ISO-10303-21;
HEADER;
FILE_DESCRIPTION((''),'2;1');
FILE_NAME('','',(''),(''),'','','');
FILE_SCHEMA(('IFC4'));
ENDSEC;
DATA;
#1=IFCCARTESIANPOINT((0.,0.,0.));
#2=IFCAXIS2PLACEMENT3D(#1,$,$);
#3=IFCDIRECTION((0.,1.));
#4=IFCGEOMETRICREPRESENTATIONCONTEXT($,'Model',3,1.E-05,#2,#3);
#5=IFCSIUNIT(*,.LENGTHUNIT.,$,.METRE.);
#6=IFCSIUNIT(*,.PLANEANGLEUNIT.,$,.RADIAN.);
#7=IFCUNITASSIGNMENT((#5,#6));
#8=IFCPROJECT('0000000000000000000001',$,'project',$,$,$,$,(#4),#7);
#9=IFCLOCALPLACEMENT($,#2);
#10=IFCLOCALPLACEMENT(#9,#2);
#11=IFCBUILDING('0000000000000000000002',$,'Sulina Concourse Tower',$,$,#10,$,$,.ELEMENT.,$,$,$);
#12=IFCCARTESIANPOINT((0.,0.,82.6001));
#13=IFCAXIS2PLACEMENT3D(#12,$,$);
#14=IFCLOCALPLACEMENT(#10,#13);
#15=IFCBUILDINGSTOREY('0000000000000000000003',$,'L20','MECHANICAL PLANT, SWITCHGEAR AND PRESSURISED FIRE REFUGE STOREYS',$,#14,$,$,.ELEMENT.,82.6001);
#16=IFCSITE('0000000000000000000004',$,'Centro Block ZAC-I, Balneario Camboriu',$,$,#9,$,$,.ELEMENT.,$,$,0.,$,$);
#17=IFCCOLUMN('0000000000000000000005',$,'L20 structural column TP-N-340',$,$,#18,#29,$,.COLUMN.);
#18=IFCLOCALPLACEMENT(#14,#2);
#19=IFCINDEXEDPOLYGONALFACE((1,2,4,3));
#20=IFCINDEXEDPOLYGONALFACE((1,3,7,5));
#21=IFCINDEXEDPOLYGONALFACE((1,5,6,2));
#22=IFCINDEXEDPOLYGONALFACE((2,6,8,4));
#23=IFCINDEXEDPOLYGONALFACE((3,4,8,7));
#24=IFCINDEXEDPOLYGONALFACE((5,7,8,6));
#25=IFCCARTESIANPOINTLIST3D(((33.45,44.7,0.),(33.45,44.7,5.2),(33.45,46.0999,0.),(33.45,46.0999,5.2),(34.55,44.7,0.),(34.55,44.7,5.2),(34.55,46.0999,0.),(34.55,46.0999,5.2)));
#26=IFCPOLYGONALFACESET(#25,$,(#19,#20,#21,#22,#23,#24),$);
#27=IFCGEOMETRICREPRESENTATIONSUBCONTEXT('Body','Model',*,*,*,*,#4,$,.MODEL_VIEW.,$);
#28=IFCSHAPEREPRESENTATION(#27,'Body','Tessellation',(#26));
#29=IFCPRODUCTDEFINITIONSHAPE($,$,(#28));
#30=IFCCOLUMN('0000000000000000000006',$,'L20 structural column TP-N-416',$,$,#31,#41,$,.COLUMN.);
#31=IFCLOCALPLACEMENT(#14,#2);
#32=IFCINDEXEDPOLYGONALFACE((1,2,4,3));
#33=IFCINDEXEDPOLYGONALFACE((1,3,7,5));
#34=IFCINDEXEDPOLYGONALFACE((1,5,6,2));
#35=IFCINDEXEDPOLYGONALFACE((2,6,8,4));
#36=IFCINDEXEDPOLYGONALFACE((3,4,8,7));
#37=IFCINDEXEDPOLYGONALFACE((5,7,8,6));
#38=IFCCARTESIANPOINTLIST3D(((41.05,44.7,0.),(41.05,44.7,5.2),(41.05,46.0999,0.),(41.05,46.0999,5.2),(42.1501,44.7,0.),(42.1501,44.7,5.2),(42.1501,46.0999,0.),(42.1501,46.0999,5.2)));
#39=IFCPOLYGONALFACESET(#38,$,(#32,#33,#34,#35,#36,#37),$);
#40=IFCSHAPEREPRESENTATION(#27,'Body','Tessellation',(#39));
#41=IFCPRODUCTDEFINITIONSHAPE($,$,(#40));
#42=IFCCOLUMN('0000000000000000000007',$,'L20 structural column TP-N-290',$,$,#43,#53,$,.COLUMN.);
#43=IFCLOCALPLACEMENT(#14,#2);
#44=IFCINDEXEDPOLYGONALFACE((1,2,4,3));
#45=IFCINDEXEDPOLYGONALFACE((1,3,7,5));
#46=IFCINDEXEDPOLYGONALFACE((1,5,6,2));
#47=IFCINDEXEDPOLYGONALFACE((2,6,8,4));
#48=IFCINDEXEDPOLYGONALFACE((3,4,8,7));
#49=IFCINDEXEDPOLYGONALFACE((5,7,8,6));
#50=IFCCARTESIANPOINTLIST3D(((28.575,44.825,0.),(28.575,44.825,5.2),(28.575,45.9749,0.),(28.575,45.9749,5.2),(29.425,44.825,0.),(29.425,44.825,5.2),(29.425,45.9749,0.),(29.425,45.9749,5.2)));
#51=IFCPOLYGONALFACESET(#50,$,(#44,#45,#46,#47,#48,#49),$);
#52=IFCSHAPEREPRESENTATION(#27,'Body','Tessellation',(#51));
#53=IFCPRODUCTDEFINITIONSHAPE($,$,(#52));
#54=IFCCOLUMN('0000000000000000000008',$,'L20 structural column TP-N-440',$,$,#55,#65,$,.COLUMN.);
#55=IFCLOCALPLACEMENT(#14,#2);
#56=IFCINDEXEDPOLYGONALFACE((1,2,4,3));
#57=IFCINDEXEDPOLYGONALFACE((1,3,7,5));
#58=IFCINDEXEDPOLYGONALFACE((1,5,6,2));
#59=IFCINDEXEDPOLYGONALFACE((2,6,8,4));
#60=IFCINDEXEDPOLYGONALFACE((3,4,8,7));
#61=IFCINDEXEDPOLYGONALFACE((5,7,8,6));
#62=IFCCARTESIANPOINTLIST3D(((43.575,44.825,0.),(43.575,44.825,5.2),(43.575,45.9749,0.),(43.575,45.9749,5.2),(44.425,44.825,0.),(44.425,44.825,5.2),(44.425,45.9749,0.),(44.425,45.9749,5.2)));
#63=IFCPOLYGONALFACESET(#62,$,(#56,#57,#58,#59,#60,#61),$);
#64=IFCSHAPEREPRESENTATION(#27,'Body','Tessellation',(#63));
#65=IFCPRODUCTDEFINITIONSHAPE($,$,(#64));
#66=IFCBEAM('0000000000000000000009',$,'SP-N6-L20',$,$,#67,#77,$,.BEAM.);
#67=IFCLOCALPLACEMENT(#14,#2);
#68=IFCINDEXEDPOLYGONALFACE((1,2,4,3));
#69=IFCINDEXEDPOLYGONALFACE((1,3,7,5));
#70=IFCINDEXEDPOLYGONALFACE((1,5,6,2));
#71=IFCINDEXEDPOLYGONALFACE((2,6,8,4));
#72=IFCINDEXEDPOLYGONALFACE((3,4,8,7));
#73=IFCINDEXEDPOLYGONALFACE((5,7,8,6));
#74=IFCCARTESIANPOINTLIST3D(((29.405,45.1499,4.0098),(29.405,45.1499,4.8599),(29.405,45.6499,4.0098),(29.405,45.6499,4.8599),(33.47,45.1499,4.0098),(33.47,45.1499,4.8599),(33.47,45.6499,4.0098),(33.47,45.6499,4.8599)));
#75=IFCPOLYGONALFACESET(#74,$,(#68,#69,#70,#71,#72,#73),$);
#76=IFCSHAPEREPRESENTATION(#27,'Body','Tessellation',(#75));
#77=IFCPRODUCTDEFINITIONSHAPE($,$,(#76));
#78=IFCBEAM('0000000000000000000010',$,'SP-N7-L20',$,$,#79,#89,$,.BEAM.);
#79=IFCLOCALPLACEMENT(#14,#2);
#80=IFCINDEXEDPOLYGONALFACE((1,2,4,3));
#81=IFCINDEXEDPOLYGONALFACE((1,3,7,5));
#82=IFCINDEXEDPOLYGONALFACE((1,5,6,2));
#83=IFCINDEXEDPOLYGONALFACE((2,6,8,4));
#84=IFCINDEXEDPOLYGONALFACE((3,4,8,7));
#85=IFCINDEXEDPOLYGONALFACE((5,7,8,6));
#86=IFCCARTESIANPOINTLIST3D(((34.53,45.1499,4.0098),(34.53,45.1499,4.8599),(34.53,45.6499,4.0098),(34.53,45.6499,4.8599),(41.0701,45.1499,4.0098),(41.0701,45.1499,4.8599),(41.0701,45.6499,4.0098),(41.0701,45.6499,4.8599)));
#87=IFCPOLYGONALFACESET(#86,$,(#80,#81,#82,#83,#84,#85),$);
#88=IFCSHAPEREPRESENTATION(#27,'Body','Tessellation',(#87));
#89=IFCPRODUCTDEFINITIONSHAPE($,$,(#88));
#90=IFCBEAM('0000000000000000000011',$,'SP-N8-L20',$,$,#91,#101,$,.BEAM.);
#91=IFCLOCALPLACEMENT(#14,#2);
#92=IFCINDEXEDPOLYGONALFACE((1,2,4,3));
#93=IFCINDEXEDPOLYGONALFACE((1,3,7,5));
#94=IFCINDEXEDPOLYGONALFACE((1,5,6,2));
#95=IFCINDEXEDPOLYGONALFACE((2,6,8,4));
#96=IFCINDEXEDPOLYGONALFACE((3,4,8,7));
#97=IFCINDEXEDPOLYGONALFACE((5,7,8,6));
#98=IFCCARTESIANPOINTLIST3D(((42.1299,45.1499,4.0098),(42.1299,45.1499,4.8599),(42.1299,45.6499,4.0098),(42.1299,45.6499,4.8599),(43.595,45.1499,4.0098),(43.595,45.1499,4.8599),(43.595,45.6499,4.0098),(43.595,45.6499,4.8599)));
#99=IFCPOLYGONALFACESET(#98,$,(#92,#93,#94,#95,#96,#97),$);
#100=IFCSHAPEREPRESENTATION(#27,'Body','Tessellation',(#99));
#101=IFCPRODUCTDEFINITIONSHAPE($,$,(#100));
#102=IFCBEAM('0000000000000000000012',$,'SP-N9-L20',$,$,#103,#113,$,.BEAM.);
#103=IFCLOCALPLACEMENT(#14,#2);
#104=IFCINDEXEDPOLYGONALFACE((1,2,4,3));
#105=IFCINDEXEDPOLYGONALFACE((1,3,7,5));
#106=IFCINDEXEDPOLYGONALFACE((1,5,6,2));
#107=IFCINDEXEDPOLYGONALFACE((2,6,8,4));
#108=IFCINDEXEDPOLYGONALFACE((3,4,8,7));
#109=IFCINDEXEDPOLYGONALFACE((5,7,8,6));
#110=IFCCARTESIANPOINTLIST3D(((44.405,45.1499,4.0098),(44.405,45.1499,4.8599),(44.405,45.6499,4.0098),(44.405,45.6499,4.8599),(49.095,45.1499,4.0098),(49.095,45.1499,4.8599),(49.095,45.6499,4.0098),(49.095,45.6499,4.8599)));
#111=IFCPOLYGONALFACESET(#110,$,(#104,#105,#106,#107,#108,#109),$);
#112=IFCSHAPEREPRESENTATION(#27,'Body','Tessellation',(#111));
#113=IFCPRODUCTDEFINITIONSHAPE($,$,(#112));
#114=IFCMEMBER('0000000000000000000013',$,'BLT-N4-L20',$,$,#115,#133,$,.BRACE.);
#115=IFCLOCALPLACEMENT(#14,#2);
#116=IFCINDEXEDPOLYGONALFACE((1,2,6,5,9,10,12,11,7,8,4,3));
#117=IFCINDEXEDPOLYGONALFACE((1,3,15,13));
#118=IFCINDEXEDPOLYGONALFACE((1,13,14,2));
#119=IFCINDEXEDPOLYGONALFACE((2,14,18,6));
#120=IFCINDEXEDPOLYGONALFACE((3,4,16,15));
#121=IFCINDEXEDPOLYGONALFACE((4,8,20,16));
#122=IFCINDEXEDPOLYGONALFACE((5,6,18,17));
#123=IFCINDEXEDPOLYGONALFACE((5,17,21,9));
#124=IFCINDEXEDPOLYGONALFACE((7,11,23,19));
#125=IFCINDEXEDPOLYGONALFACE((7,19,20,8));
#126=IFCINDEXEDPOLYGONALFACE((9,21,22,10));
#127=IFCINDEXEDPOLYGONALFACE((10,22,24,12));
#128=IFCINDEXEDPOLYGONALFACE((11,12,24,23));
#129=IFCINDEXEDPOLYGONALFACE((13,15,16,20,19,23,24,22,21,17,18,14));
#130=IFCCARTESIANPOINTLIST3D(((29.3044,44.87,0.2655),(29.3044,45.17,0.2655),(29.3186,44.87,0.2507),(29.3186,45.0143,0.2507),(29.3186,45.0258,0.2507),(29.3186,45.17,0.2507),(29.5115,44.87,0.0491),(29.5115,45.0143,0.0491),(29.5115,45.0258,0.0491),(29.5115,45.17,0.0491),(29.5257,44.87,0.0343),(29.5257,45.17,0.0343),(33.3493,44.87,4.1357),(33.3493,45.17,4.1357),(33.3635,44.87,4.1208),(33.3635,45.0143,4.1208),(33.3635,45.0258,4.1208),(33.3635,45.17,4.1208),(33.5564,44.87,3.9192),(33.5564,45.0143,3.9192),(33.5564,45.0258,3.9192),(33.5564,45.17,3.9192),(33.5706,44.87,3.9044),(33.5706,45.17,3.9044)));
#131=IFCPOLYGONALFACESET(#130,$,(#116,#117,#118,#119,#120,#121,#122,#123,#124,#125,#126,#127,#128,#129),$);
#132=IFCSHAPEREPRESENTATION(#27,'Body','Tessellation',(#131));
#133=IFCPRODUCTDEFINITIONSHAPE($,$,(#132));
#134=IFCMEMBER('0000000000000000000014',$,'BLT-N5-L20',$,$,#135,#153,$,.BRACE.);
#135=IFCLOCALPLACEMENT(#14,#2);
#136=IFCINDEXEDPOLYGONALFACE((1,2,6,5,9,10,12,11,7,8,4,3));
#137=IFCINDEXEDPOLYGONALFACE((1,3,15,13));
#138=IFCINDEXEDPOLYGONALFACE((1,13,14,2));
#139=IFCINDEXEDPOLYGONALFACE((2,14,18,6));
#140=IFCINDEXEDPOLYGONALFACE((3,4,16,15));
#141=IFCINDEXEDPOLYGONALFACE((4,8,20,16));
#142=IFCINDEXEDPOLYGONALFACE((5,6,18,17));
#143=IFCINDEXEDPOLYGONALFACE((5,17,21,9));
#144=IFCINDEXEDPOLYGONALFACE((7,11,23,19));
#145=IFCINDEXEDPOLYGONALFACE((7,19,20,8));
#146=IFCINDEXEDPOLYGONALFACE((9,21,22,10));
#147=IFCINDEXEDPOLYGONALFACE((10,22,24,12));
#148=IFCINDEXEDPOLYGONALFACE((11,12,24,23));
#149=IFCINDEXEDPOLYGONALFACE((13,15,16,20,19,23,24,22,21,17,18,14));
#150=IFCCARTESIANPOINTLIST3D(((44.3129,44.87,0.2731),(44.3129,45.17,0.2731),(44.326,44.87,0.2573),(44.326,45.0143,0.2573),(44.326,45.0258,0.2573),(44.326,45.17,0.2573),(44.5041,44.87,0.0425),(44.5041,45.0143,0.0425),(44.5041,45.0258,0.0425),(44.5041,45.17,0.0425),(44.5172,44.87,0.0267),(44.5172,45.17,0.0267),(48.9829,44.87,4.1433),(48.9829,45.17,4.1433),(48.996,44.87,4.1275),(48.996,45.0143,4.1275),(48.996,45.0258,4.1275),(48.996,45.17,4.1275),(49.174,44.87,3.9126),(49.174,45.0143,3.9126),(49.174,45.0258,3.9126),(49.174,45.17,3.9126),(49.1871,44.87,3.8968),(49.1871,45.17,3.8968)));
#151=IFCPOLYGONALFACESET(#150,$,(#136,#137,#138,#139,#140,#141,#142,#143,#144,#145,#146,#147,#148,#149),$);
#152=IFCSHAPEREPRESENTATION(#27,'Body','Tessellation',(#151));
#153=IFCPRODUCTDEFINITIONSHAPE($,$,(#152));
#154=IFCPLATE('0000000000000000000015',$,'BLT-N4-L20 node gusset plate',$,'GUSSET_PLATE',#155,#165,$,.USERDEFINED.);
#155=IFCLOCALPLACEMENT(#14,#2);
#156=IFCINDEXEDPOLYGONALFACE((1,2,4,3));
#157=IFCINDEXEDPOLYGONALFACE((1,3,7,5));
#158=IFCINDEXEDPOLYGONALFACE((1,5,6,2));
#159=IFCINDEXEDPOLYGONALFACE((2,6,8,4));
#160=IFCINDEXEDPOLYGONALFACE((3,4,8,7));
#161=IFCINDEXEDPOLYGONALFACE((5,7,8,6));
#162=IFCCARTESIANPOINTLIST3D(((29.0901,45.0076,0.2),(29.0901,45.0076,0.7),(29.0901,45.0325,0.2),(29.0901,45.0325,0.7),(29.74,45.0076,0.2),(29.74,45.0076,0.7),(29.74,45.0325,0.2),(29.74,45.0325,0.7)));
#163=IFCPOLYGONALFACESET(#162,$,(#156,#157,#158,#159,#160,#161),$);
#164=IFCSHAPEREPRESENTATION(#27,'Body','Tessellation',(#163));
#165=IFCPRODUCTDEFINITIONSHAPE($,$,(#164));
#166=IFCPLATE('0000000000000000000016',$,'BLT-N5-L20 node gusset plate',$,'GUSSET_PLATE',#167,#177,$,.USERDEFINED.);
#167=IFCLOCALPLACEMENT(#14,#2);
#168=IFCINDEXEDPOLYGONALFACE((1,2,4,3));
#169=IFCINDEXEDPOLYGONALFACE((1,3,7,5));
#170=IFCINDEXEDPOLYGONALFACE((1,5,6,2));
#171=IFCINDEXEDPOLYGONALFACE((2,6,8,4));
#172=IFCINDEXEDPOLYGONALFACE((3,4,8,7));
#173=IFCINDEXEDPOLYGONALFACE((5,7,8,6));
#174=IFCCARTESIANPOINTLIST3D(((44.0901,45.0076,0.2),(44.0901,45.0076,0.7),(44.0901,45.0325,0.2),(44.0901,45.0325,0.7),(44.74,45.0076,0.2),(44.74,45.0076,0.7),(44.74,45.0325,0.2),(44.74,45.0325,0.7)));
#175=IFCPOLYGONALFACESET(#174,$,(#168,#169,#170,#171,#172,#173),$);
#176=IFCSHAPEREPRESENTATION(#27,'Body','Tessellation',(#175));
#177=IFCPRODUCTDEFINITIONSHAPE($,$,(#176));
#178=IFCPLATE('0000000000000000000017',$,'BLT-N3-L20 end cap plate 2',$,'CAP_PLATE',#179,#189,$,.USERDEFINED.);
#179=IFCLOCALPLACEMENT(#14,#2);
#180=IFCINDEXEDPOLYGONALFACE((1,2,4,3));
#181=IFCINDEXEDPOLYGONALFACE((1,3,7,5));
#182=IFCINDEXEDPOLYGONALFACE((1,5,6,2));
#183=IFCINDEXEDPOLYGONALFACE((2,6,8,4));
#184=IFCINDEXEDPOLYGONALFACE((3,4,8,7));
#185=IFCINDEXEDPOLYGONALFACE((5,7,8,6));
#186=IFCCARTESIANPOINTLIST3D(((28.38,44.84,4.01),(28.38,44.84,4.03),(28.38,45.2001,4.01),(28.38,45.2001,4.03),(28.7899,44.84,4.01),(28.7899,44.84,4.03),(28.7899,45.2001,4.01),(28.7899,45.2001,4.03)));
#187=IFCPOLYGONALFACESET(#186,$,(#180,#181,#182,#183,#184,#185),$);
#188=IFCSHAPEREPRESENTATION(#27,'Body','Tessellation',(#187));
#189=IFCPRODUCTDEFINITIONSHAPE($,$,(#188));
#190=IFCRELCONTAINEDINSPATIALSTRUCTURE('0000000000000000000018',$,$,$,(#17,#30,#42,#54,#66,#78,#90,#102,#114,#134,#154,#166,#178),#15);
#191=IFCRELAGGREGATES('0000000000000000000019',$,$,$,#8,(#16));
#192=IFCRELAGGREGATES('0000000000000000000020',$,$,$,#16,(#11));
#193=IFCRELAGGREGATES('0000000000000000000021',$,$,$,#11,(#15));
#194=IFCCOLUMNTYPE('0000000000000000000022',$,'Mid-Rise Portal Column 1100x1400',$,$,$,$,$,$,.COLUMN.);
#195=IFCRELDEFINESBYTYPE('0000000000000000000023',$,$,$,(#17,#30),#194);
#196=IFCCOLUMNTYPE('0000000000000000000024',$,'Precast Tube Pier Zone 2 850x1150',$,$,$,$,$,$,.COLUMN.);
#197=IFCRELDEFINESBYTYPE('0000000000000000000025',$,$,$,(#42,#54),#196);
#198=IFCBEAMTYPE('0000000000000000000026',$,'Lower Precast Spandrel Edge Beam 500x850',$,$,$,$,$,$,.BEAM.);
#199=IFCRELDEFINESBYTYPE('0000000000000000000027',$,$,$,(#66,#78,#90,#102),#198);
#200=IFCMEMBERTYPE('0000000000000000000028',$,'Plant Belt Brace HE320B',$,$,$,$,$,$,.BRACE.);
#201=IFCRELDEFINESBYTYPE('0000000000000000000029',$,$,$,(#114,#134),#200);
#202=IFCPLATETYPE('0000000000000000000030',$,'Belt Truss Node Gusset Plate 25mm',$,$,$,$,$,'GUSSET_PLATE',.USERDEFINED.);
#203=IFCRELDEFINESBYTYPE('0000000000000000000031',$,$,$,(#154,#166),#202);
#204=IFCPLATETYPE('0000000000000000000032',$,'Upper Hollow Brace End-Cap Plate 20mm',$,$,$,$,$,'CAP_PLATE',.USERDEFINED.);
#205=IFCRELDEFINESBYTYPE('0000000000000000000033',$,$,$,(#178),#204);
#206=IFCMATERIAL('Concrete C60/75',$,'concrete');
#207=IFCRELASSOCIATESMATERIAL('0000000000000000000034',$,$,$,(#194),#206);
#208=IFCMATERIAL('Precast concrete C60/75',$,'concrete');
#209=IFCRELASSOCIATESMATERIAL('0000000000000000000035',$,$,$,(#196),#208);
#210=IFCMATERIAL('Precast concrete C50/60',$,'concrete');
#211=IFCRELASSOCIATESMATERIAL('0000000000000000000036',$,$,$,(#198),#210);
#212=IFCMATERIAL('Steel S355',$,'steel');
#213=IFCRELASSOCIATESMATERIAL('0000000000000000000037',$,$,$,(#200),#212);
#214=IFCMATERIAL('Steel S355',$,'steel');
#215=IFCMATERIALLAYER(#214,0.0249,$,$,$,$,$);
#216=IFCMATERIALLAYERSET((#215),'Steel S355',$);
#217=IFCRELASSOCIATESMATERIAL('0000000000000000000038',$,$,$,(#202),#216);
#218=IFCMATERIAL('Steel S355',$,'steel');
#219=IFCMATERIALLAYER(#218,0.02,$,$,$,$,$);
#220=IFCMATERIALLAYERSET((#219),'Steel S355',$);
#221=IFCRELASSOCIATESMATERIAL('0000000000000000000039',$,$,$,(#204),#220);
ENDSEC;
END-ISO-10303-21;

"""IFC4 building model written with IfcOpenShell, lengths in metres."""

from ifc_helpers import new_model, si_unit, direction, frame, origin, origin_2d, place, context, subcontext, project, spatial, rectangle, i_section, extrude, material, layer, layer_set, material_profile, profile_set, type_object, element, save


model = new_model("IFC4")

# Units and contexts
model_context = context("Model", 3, precision=1e-05, world=origin(), true_north=direction((0.0, 1.0)))
body_context = subcontext(model_context, "Body", "Model", "MODEL_VIEW")
ifc_project = project(units=[si_unit("LENGTHUNIT", "METRE"), si_unit("PLANEANGLEUNIT", "RADIAN")], contexts=[model_context])

# Site, building, storey
site_placement = place(None, origin())
site = spatial("IfcSite", under=ifc_project, at=site_placement, Name="Centro Block ZAC-I, Balneario Camboriu", CompositionType="ELEMENT", RefElevation=0.0)
building_placement = place(site_placement, origin())
building = spatial("IfcBuilding", under=site, at=building_placement, Name="Sulina Concourse Tower", CompositionType="ELEMENT")
storey_placement = place(building_placement, frame((0.0, 0.0, 82.6001)))
storey = spatial("IfcBuildingStorey", under=building, at=storey_placement, Name="L20", Description="MECHANICAL PLANT, SWITCHGEAR AND PRESSURISED FIRE REFUGE STOREYS", CompositionType="ELEMENT", Elevation=82.6001)

# Columns
ifc_material_1 = material(Name="Concrete C60/75", Category="concrete")
ifc_material_profile_1 = material_profile(ifc_material_1, rectangle(XDim=1.1001, YDim=1.3999, at=origin_2d()), Name="RC 1100x1400")
ifc_profile_set_1 = profile_set([ifc_material_profile_1], Name="Concrete C60/75")
column_type_1 = type_object("IfcColumnType", Name="Mid-Rise Portal Column 1100x1400", PredefinedType="COLUMN", material=ifc_profile_set_1)
for number, where, z_axis, x_axis, name in (
    (1, (34.0, 45.3999, 0.0), (0.0, 0.0, 1.0), (1.0, 0.0, 0.0), "L20 structural column TP-N-340"),
    (2, (41.6001, 45.3999, 0.0), (0.0, 0.0, 1.0), (1.0, 0.0, 0.0), "L20 structural column TP-N-416"),
):
    element("IfcColumn", number, at=place(storey_placement, frame(where, z_axis=z_axis, x_axis=x_axis)), inside=storey, type_object=column_type_1, Name=name, PredefinedType="COLUMN", context=body_context, shape_type="SweptSolid", body=[
        extrude(rectangle(XDim=1.1001, YDim=1.3999, at=origin_2d()), origin(), (0.0, 0.0, 1.0), 5.2),
    ])
ifc_material_2 = material(Name="Precast concrete C60/75", Category="concrete")
ifc_material_profile_2 = material_profile(ifc_material_2, rectangle(XDim=0.8501, YDim=1.1499, at=origin_2d()), Name="PC 850x1150")
ifc_profile_set_2 = profile_set([ifc_material_profile_2], Name="Precast concrete C60/75")
column_type_2 = type_object("IfcColumnType", Name="Precast Tube Pier Zone 2 850x1150", PredefinedType="COLUMN", material=ifc_profile_set_2)
for number, where, z_axis, x_axis, name in (
    (3, (29.0, 45.3999, 0.0), (0.0, 0.0, 1.0), (1.0, 0.0, 0.0), "L20 structural column TP-N-290"),
    (4, (44.0, 45.3999, 0.0), (0.0, 0.0, 1.0), (1.0, 0.0, 0.0), "L20 structural column TP-N-440"),
):
    element("IfcColumn", number, at=place(storey_placement, frame(where, z_axis=z_axis, x_axis=x_axis)), inside=storey, type_object=column_type_2, Name=name, PredefinedType="COLUMN", context=body_context, shape_type="SweptSolid", body=[
        extrude(rectangle(XDim=0.8501, YDim=1.1499, at=origin_2d()), origin(), (0.0, 0.0, 1.0), 5.2),
    ])

# Beams
ifc_material_3 = material(Name="Precast concrete C50/60", Category="concrete")
ifc_material_profile_3 = material_profile(ifc_material_3, rectangle(XDim=0.5, YDim=0.8501, at=origin_2d()), Name="RC 500x850")
ifc_profile_set_3 = profile_set([ifc_material_profile_3], Name="Precast concrete C50/60")
beam_type = type_object("IfcBeamType", Name="Lower Precast Spandrel Edge Beam 500x850", PredefinedType="BEAM", material=ifc_profile_set_3)
beam_1_placement = place(storey_placement, frame((29.405, 45.3999, 4.4348), z_axis=(1.0, 0.0, 0.0), x_axis=(0.0, 1.0, 0.0)))
element("IfcBeam", 5, at=beam_1_placement, inside=storey, type_object=beam_type, Name="SP-N6-L20", PredefinedType="BEAM", context=body_context, shape_type="SweptSolid", body=[
    extrude(rectangle(XDim=0.5, YDim=0.8501, at=origin_2d()), origin(), (0.0, 0.0, 1.0), 4.0649),
])
beam_2_placement = place(storey_placement, frame((34.53, 45.3999, 4.4348), z_axis=(1.0, 0.0, 0.0), x_axis=(0.0, 1.0, 0.0)))
element("IfcBeam", 6, at=beam_2_placement, inside=storey, type_object=beam_type, Name="SP-N7-L20", PredefinedType="BEAM", context=body_context, shape_type="SweptSolid", body=[
    extrude(rectangle(XDim=0.5, YDim=0.8501, at=origin_2d()), origin(), (0.0, 0.0, 1.0), 6.54),
])
beam_3_placement = place(storey_placement, frame((42.1299, 45.3999, 4.4348), z_axis=(1.0, 0.0, 0.0), x_axis=(0.0, 1.0, 0.0)))
element("IfcBeam", 7, at=beam_3_placement, inside=storey, type_object=beam_type, Name="SP-N8-L20", PredefinedType="BEAM", context=body_context, shape_type="SweptSolid", body=[
    extrude(rectangle(XDim=0.5, YDim=0.8501, at=origin_2d()), origin(), (0.0, 0.0, 1.0), 1.4651),
])
beam_4_placement = place(storey_placement, frame((44.405, 45.3999, 4.4348), z_axis=(1.0, 0.0, 0.0), x_axis=(0.0, 1.0, 0.0)))
element("IfcBeam", 8, at=beam_4_placement, inside=storey, type_object=beam_type, Name="SP-N9-L20", PredefinedType="BEAM", context=body_context, shape_type="SweptSolid", body=[
    extrude(rectangle(XDim=0.5, YDim=0.8501, at=origin_2d()), origin(), (0.0, 0.0, 1.0), 4.6899),
])

# Members
ifc_material_4 = material(Name="Steel S355", Category="steel")
ifc_material_profile_4 = material_profile(ifc_material_4, i_section(OverallWidth=0.3, OverallDepth=0.3201, WebThickness=0.0115, FlangeThickness=0.0205, at=origin_2d()), Name="HE 320 B")
ifc_profile_set_4 = profile_set([ifc_material_profile_4], Name="Steel S355")
member_type = type_object("IfcMemberType", Name="Plant Belt Brace HE320B", PredefinedType="BRACE", material=ifc_profile_set_4)
member_1_placement = place(storey_placement, frame((29.415, 45.02, 0.1499), z_axis=(0.722547, 0.0, 0.691322), x_axis=(0.0, 1.0, 0.0)))
element("IfcMember", 9, at=member_1_placement, inside=storey, type_object=member_type, Name="BLT-N4-L20", PredefinedType="BRACE", context=body_context, shape_type="SweptSolid", body=[
    extrude(i_section(OverallWidth=0.3, OverallDepth=0.3201, WebThickness=0.0115, FlangeThickness=0.0205, at=origin_2d()), origin(), (0.0, 0.0, 1.0), 5.5981),
])
member_2_placement = place(storey_placement, frame((44.415, 45.02, 0.1499), z_axis=(0.769961, 0.0, 0.638092), x_axis=(0.0, 1.0, 0.0)))
element("IfcMember", 10, at=member_2_placement, inside=storey, type_object=member_type, Name="BLT-N5-L20", PredefinedType="BRACE", context=body_context, shape_type="SweptSolid", body=[
    extrude(i_section(OverallWidth=0.3, OverallDepth=0.3201, WebThickness=0.0115, FlangeThickness=0.0205, at=origin_2d()), origin(), (0.0, 0.0, 1.0), 6.0652),
])

# Plates
ifc_material_5 = material(Name="Steel S355", Category="steel")
ifc_layer_1 = layer(ifc_material_5, 0.0249)
ifc_layer_set_1 = layer_set([ifc_layer_1], Name="Steel S355")
plate_type_1 = type_object("IfcPlateType", Name="Belt Truss Node Gusset Plate 25mm", ElementType="GUSSET_PLATE", PredefinedType="USERDEFINED", material=ifc_layer_set_1)
for number, where, z_axis, x_axis, name in (
    (11, (29.415, 45.02, 0.2), (0.0, 0.0, 1.0), (1.0, 0.0, 0.0), "BLT-N4-L20 node gusset plate"),
    (12, (44.415, 45.02, 0.2), (0.0, 0.0, 1.0), (1.0, 0.0, 0.0), "BLT-N5-L20 node gusset plate"),
):
    element("IfcPlate", number, at=place(storey_placement, frame(where, z_axis=z_axis, x_axis=x_axis)), inside=storey, type_object=plate_type_1, Name=name, ObjectType="GUSSET_PLATE", PredefinedType="USERDEFINED", context=body_context, shape_type="SweptSolid", body=[
        extrude(rectangle(XDim=0.6499, YDim=0.0249, at=origin_2d()), origin(), (0.0, 0.0, 1.0), 0.5),
    ])
ifc_material_6 = material(Name="Steel S355", Category="steel")
ifc_layer_2 = layer(ifc_material_6, 0.02)
ifc_layer_set_2 = layer_set([ifc_layer_2], Name="Steel S355")
plate_type_2 = type_object("IfcPlateType", Name="Upper Hollow Brace End-Cap Plate 20mm", ElementType="CAP_PLATE", PredefinedType="USERDEFINED", material=ifc_layer_set_2)
for number, where, z_axis, x_axis, name in (
    (13, (28.585, 45.02, 4.01), (0.0, 0.0, 1.0), (1.0, 0.0, 0.0), "BLT-N3-L20 end cap plate 2"),
):
    element("IfcPlate", number, at=place(storey_placement, frame(where, z_axis=z_axis, x_axis=x_axis)), inside=storey, type_object=plate_type_2, Name=name, ObjectType="CAP_PLATE", PredefinedType="USERDEFINED", context=body_context, shape_type="SweptSolid", body=[
        extrude(rectangle(XDim=0.4099, YDim=0.3601, at=origin_2d()), origin(), (0.0, 0.0, 1.0), 0.02),
    ])

save(model, "model.ifc")
